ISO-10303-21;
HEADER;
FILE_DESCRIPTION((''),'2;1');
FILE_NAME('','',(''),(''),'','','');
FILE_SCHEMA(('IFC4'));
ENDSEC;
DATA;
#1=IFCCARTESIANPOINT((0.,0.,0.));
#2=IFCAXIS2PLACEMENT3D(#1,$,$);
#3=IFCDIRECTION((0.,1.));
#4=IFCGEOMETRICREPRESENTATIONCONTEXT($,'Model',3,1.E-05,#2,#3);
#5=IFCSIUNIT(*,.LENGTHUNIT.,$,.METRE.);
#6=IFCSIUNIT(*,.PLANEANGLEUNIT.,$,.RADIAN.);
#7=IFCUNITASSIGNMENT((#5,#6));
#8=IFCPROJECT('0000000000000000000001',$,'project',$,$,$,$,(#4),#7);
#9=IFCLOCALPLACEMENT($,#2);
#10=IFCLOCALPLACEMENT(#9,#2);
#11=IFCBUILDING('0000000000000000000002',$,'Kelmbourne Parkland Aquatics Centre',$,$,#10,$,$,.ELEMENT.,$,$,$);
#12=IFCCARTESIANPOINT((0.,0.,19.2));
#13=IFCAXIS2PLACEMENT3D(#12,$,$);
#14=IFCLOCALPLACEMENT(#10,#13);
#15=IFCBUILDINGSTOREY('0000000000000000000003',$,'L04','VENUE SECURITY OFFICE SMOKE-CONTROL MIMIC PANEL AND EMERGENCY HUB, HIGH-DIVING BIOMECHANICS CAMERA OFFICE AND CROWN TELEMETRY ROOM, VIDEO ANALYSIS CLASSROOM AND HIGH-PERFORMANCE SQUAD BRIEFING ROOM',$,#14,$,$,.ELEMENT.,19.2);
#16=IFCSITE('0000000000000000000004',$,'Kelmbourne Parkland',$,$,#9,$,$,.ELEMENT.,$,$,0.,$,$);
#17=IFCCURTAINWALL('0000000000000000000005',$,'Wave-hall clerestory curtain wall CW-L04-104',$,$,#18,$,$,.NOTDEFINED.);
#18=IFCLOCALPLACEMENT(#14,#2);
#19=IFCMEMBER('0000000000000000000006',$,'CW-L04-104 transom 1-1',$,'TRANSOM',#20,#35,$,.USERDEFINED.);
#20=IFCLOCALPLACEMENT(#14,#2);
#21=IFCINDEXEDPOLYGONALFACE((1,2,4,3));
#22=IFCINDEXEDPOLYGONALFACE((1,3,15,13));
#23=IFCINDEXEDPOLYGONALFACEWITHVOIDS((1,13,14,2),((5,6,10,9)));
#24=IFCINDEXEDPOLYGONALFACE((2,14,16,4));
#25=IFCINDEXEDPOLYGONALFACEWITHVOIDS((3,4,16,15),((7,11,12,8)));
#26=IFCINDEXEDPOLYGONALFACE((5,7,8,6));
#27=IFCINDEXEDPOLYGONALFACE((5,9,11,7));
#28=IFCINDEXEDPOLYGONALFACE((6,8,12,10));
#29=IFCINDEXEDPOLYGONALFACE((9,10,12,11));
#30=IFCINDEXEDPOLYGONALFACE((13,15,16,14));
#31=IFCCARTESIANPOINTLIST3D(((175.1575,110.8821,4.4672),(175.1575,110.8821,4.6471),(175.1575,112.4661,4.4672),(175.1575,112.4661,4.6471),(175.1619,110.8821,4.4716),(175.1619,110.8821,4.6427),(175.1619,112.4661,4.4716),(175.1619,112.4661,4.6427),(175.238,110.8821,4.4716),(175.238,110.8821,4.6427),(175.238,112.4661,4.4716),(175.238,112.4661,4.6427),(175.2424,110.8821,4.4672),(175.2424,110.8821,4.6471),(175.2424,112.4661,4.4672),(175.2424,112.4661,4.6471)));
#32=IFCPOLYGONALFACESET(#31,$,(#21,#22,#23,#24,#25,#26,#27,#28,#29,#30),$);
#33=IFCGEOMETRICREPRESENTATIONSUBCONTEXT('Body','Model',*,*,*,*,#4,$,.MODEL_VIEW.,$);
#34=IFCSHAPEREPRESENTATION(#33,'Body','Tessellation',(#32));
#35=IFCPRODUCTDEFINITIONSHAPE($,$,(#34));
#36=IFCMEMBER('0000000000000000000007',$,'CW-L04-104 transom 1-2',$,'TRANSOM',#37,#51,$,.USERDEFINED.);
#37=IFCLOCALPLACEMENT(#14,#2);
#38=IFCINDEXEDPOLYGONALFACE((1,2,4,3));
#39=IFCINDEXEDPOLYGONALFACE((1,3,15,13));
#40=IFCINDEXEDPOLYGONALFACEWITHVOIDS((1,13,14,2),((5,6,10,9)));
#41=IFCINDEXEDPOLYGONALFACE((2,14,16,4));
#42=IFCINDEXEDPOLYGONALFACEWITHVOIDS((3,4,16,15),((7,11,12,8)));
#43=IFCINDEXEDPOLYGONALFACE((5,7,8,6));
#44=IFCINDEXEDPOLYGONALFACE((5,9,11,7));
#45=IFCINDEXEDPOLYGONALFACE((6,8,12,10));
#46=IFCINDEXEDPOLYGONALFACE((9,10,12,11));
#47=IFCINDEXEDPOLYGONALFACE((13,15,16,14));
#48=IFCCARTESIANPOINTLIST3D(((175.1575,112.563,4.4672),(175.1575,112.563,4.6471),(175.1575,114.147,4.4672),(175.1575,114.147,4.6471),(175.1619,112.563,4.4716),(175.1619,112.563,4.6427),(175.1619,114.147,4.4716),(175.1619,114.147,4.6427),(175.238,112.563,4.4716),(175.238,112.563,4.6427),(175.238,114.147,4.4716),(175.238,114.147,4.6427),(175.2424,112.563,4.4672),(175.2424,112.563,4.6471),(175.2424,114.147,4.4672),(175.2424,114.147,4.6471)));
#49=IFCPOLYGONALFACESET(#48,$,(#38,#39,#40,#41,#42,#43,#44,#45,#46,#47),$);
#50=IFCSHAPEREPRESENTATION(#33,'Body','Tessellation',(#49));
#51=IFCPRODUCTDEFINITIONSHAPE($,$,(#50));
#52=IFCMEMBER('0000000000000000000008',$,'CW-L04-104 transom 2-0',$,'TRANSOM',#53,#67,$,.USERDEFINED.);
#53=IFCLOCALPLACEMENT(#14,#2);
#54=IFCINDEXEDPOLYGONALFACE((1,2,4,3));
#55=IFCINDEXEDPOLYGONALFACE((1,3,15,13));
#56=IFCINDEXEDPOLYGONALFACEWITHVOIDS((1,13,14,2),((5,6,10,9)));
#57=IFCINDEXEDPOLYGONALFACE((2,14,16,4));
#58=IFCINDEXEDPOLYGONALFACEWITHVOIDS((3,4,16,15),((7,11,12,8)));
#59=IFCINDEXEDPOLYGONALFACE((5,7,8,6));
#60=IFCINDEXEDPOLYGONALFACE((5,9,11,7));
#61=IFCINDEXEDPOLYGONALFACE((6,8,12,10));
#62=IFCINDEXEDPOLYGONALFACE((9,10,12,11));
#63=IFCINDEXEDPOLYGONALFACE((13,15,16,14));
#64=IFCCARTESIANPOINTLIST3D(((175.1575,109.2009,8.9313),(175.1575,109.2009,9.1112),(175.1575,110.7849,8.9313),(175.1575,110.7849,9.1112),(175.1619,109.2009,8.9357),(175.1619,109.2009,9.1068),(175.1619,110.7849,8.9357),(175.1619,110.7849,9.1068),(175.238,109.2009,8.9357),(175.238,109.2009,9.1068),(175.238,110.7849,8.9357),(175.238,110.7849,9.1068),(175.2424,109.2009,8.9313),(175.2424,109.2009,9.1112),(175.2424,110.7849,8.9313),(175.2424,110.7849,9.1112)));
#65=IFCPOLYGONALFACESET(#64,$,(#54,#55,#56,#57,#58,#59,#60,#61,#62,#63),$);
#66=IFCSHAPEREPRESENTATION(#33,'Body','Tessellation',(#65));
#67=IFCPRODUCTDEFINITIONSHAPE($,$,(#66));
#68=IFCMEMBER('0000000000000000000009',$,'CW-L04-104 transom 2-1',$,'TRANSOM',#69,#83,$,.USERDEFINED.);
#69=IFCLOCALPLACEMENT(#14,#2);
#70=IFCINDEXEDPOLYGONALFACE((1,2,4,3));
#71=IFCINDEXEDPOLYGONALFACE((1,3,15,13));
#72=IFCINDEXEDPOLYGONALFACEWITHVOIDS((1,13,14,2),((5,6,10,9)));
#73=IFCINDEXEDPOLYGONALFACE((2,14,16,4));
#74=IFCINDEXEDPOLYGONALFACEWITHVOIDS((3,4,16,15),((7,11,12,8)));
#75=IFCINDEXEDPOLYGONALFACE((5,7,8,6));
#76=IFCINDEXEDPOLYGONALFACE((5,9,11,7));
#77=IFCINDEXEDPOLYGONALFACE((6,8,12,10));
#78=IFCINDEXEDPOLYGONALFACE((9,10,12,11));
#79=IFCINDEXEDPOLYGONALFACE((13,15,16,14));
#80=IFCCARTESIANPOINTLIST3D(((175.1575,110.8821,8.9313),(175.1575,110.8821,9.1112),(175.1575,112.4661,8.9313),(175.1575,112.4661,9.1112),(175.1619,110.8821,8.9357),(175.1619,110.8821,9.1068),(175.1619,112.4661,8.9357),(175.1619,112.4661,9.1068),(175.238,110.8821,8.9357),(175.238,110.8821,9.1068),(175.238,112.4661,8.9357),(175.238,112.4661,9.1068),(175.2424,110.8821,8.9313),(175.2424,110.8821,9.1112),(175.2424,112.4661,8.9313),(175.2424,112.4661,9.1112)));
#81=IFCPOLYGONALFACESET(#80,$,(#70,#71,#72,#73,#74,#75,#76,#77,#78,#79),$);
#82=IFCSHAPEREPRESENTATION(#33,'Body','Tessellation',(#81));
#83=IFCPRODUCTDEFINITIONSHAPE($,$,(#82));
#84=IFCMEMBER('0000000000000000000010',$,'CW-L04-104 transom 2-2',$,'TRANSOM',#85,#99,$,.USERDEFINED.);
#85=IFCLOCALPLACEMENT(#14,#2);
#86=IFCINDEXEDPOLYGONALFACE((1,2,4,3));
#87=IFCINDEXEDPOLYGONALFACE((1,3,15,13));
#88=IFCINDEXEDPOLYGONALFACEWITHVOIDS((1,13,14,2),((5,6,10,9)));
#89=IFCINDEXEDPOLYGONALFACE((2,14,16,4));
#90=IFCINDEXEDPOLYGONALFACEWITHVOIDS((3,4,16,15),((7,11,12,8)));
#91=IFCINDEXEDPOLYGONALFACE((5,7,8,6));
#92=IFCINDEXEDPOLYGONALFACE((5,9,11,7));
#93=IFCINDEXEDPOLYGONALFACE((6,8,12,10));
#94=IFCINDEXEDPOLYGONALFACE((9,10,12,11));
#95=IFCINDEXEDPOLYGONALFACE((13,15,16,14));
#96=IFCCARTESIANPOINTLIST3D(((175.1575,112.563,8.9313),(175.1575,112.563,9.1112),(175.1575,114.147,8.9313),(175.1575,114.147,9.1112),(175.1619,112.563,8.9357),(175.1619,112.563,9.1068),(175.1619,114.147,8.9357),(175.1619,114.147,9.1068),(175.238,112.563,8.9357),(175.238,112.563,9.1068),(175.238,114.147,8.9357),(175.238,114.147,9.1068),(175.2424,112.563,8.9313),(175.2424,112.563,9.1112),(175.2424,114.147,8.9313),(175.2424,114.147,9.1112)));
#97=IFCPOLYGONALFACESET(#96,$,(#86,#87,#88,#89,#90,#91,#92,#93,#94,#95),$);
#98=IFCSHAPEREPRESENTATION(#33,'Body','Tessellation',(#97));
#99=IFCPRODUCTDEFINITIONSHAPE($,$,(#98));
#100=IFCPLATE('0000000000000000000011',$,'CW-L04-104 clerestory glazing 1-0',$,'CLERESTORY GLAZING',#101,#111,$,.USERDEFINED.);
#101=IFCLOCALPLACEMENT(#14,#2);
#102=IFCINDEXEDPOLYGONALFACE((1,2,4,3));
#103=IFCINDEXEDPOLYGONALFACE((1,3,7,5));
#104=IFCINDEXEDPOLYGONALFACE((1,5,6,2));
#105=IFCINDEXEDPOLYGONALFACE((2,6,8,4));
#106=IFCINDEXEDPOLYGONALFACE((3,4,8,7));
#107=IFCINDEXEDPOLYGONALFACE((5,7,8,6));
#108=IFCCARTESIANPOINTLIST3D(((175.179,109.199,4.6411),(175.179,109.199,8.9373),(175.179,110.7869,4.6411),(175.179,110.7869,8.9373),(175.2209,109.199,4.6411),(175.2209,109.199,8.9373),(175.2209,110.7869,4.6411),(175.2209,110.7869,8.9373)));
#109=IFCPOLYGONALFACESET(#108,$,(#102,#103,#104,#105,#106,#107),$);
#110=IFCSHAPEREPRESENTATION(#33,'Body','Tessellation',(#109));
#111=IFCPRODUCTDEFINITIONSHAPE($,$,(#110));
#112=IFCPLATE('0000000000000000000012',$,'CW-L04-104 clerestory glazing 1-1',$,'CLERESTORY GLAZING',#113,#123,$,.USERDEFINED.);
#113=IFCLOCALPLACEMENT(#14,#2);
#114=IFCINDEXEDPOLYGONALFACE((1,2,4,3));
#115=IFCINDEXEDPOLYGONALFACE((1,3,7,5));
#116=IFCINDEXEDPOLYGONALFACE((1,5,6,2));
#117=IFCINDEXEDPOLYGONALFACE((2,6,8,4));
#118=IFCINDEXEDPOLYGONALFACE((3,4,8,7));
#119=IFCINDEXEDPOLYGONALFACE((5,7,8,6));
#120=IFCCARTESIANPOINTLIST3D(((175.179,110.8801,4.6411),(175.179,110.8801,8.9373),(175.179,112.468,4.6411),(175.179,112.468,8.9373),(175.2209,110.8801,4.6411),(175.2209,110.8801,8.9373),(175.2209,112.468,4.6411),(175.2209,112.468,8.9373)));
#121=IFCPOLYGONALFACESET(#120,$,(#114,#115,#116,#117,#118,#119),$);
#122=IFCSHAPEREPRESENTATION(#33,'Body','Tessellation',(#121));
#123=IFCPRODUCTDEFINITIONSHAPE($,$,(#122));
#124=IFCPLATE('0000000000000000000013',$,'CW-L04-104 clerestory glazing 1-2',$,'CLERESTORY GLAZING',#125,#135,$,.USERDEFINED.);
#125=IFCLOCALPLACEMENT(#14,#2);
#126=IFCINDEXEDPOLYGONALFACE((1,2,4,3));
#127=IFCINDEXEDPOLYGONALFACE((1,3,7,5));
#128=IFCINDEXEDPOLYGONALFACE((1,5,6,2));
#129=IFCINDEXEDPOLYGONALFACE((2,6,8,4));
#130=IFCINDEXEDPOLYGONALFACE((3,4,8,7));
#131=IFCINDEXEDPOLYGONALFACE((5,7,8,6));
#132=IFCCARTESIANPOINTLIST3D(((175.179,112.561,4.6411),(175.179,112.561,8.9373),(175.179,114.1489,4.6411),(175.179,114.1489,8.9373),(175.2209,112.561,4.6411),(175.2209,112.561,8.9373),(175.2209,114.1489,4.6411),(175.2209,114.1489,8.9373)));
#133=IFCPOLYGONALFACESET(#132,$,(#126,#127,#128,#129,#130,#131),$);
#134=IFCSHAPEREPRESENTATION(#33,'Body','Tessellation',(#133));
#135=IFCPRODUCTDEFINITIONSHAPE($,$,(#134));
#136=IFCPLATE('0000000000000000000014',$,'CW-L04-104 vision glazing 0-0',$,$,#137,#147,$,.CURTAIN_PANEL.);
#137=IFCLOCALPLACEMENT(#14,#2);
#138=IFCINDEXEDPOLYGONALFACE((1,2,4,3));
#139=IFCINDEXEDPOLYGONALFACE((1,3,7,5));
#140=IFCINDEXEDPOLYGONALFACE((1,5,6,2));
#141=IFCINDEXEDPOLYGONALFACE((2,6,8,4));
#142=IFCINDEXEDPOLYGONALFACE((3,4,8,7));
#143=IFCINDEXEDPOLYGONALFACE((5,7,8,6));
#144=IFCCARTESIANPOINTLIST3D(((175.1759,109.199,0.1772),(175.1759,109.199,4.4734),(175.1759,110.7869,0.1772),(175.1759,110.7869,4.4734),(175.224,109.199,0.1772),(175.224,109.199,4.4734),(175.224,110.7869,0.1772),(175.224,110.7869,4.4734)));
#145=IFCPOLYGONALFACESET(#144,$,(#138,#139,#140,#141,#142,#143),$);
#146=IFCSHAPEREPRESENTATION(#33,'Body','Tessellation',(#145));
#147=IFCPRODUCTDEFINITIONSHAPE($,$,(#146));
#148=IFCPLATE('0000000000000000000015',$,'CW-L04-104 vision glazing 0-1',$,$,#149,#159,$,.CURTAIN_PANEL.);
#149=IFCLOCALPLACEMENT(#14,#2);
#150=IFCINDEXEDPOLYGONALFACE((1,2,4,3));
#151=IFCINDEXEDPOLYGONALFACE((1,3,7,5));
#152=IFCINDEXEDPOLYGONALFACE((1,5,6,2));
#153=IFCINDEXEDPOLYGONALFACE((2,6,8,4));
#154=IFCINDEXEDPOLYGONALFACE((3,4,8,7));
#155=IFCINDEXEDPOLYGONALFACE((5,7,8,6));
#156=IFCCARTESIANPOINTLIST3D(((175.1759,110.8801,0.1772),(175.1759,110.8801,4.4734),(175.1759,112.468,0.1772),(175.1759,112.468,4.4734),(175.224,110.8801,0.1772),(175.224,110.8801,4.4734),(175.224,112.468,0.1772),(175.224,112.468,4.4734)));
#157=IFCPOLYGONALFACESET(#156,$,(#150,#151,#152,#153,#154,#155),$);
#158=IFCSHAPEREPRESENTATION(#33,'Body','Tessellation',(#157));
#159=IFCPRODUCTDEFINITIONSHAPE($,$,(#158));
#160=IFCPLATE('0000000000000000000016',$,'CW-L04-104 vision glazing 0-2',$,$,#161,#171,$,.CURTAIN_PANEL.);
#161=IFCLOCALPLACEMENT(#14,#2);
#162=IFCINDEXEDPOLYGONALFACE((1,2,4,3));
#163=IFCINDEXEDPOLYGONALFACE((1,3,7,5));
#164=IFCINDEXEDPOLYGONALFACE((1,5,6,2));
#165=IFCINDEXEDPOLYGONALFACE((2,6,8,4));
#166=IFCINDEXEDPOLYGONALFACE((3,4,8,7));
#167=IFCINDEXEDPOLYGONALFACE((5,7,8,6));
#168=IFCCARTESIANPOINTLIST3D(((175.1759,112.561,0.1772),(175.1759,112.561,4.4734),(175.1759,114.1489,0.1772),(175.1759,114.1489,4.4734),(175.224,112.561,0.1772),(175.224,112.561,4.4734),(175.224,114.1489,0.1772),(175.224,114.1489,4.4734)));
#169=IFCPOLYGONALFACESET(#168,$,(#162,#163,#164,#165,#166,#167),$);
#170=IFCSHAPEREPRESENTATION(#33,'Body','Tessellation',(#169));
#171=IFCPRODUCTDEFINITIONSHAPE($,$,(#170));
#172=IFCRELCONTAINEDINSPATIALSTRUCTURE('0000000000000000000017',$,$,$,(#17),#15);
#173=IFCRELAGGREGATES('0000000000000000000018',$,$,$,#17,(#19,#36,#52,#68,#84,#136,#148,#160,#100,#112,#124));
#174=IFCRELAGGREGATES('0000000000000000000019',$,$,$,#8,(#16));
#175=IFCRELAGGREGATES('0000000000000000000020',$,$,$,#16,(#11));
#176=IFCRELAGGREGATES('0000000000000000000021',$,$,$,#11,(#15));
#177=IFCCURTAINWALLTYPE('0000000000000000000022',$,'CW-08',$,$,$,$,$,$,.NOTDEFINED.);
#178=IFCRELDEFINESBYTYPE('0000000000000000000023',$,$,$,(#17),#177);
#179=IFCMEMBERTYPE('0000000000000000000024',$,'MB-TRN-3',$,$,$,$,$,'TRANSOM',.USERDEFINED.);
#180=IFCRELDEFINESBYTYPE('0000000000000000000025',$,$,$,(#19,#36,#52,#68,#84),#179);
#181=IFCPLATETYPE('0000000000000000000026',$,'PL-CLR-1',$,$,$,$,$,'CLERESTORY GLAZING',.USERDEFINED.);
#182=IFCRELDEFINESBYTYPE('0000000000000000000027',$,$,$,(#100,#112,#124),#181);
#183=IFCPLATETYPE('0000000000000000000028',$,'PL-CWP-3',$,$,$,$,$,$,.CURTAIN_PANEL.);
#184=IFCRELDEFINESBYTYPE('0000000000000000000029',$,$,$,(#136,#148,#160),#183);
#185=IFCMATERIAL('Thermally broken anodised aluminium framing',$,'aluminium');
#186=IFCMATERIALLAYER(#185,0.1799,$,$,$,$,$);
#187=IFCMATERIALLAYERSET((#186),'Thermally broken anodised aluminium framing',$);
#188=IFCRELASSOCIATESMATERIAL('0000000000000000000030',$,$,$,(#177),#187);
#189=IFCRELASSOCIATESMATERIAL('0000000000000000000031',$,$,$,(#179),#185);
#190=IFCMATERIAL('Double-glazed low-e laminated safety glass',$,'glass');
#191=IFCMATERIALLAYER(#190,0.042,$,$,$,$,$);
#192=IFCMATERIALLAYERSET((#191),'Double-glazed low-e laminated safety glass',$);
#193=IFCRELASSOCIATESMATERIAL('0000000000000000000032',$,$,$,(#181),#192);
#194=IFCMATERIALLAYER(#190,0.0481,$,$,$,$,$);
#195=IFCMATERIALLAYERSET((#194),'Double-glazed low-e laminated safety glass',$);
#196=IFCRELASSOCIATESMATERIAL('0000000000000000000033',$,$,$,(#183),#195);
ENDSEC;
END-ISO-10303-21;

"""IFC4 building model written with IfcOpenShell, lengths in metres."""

from ifc_helpers import new_model, si_unit, direction, frame, origin, origin_2d, place, context, subcontext, project, spatial, rectangle, hollow_rectangle, extrude, material, layer, layer_set, material_profile, profile_set, type_object, element, aggregate, save


model = new_model("IFC4")

# Units and contexts
model_context = context("Model", 3, precision=1e-05, world=origin(), true_north=direction((0.0, 1.0)))
body_context = subcontext(model_context, "Body", "Model", "MODEL_VIEW")
ifc_project = project(units=[si_unit("LENGTHUNIT", "METRE"), si_unit("PLANEANGLEUNIT", "RADIAN")], contexts=[model_context])

# Site, building, storey
site_placement = place(None, origin())
site = spatial("IfcSite", under=ifc_project, at=site_placement, Name="Kelmbourne Parkland", CompositionType="ELEMENT", RefElevation=0.0)
building_placement = place(site_placement, origin())
building = spatial("IfcBuilding", under=site, at=building_placement, Name="Kelmbourne Parkland Aquatics Centre", CompositionType="ELEMENT")
storey_placement = place(building_placement, frame((0.0, 0.0, 19.2)))
storey = spatial("IfcBuildingStorey", under=building, at=storey_placement, Name="L04", Description="VENUE SECURITY OFFICE SMOKE-CONTROL MIMIC PANEL AND EMERGENCY HUB, HIGH-DIVING BIOMECHANICS CAMERA OFFICE AND CROWN TELEMETRY ROOM, VIDEO ANALYSIS CLASSROOM AND HIGH-PERFORMANCE SQUAD BRIEFING ROOM", CompositionType="ELEMENT", Elevation=19.2)

# Shared definitions
ifc_material_1 = material(Name="Thermally broken anodised aluminium framing", Category="aluminium")

# Curtain wall, members, plates
ifc_layer_1 = layer(ifc_material_1, 0.1799)
ifc_layer_set_1 = layer_set([ifc_layer_1], Name="Thermally broken anodised aluminium framing")
curtain_wall_type_1 = type_object("IfcCurtainWallType", Name="CW-08", PredefinedType="NOTDEFINED", material=ifc_layer_set_1)
curtain_wall_1_placement = place(storey_placement, origin())
curtain_wall_1 = element("IfcCurtainWall", 1, at=curtain_wall_1_placement, inside=storey, type_object=curtain_wall_type_1, Name="Wave-hall clerestory curtain wall CW-L04-104", PredefinedType="NOTDEFINED")
ifc_material_profile_1 = material_profile(ifc_material_1, hollow_rectangle(XDim=0.085, YDim=0.1799, WallThickness=0.0044, at=origin_2d()), Name="CW-T 85x180")
ifc_profile_set_1 = profile_set([ifc_material_profile_1], Name="Thermally broken anodised aluminium framing")
member_type_1 = type_object("IfcMemberType", Name="MB-TRN-3", ElementType="TRANSOM", PredefinedType="USERDEFINED", material=ifc_profile_set_1)
member_1_placement = place(storey_placement, frame((175.2, 110.8821, 4.5571), z_axis=(0.0, 1.0, 0.0), x_axis=(-1.0, 0.0, 0.0)))
member_1 = element("IfcMember", 2, at=member_1_placement, type_object=member_type_1, Name="CW-L04-104 transom 1-1", ObjectType="TRANSOM", PredefinedType="USERDEFINED", context=body_context, shape_type="SweptSolid", body=[
    extrude(hollow_rectangle(XDim=0.085, YDim=0.1799, WallThickness=0.0044, at=origin_2d()), origin(), (0.0, 0.0, 1.0), 1.584),
])
member_2_placement = place(storey_placement, frame((175.2, 112.563, 4.5571), z_axis=(0.0, 1.0, 0.0), x_axis=(-1.0, 0.0, 0.0)))
member_2 = element("IfcMember", 3, at=member_2_placement, type_object=member_type_1, Name="CW-L04-104 transom 1-2", ObjectType="TRANSOM", PredefinedType="USERDEFINED", context=body_context, shape_type="SweptSolid", body=[
    extrude(hollow_rectangle(XDim=0.085, YDim=0.1799, WallThickness=0.0044, at=origin_2d()), origin(), (0.0, 0.0, 1.0), 1.584),
])
member_3_placement = place(storey_placement, frame((175.2, 109.2009, 9.0212), z_axis=(0.0, 1.0, 0.0), x_axis=(-1.0, 0.0, 0.0)))
member_3 = element("IfcMember", 4, at=member_3_placement, type_object=member_type_1, Name="CW-L04-104 transom 2-0", ObjectType="TRANSOM", PredefinedType="USERDEFINED", context=body_context, shape_type="SweptSolid", body=[
    extrude(hollow_rectangle(XDim=0.085, YDim=0.1799, WallThickness=0.0044, at=origin_2d()), origin(), (0.0, 0.0, 1.0), 1.584),
])
member_4_placement = place(storey_placement, frame((175.2, 110.8821, 9.0212), z_axis=(0.0, 1.0, 0.0), x_axis=(-1.0, 0.0, 0.0)))
member_4 = element("IfcMember", 5, at=member_4_placement, type_object=member_type_1, Name="CW-L04-104 transom 2-1", ObjectType="TRANSOM", PredefinedType="USERDEFINED", context=body_context, shape_type="SweptSolid", body=[
    extrude(hollow_rectangle(XDim=0.085, YDim=0.1799, WallThickness=0.0044, at=origin_2d()), origin(), (0.0, 0.0, 1.0), 1.584),
])
member_5_placement = place(storey_placement, frame((175.2, 112.563, 9.0212), z_axis=(0.0, 1.0, 0.0), x_axis=(-1.0, 0.0, 0.0)))
member_5 = element("IfcMember", 6, at=member_5_placement, type_object=member_type_1, Name="CW-L04-104 transom 2-2", ObjectType="TRANSOM", PredefinedType="USERDEFINED", context=body_context, shape_type="SweptSolid", body=[
    extrude(hollow_rectangle(XDim=0.085, YDim=0.1799, WallThickness=0.0044, at=origin_2d()), origin(), (0.0, 0.0, 1.0), 1.584),
])
ifc_material_2 = material(Name="Double-glazed low-e laminated safety glass", Category="glass")
ifc_layer_2 = layer(ifc_material_2, 0.042)
ifc_layer_set_2 = layer_set([ifc_layer_2], Name="Double-glazed low-e laminated safety glass")
plate_type_1 = type_object("IfcPlateType", Name="PL-CLR-1", ElementType="CLERESTORY GLAZING", PredefinedType="USERDEFINED", material=ifc_layer_set_2)
plate_1_placement = place(storey_placement, frame((175.2, 109.9929, 4.6411), z_axis=(0.0, 0.0, 1.0), x_axis=(0.0, 1.0, 0.0)))
plate_1 = element("IfcPlate", 7, at=plate_1_placement, type_object=plate_type_1, Name="CW-L04-104 clerestory glazing 1-0", ObjectType="CLERESTORY GLAZING", PredefinedType="USERDEFINED", context=body_context, shape_type="SweptSolid", body=[
    extrude(rectangle(XDim=1.5879, YDim=0.042, at=origin_2d()), origin(), (0.0, 0.0, 1.0), 4.2961),
])
plate_2_placement = place(storey_placement, frame((175.2, 111.6741, 4.6411), z_axis=(0.0, 0.0, 1.0), x_axis=(0.0, 1.0, 0.0)))
plate_2 = element("IfcPlate", 8, at=plate_2_placement, type_object=plate_type_1, Name="CW-L04-104 clerestory glazing 1-1", ObjectType="CLERESTORY GLAZING", PredefinedType="USERDEFINED", context=body_context, shape_type="SweptSolid", body=[
    extrude(rectangle(XDim=1.5879, YDim=0.042, at=origin_2d()), origin(), (0.0, 0.0, 1.0), 4.2961),
])
plate_3_placement = place(storey_placement, frame((175.2, 113.355, 4.6411), z_axis=(0.0, 0.0, 1.0), x_axis=(0.0, 1.0, 0.0)))
plate_3 = element("IfcPlate", 9, at=plate_3_placement, type_object=plate_type_1, Name="CW-L04-104 clerestory glazing 1-2", ObjectType="CLERESTORY GLAZING", PredefinedType="USERDEFINED", context=body_context, shape_type="SweptSolid", body=[
    extrude(rectangle(XDim=1.5879, YDim=0.042, at=origin_2d()), origin(), (0.0, 0.0, 1.0), 4.2961),
])
ifc_layer_3 = layer(ifc_material_2, 0.0481)
ifc_layer_set_3 = layer_set([ifc_layer_3], Name="Double-glazed low-e laminated safety glass")
plate_type_2 = type_object("IfcPlateType", Name="PL-CWP-3", PredefinedType="CURTAIN_PANEL", material=ifc_layer_set_3)
plate_4_placement = place(storey_placement, frame((175.2, 109.9929, 0.1772), z_axis=(0.0, 0.0, 1.0), x_axis=(0.0, 1.0, 0.0)))
plate_4 = element("IfcPlate", 10, at=plate_4_placement, type_object=plate_type_2, Name="CW-L04-104 vision glazing 0-0", PredefinedType="CURTAIN_PANEL", context=body_context, shape_type="SweptSolid", body=[
    extrude(rectangle(XDim=1.5879, YDim=0.0481, at=origin_2d()), origin(), (0.0, 0.0, 1.0), 4.2961),
])
plate_5_placement = place(storey_placement, frame((175.2, 111.6741, 0.1772), z_axis=(0.0, 0.0, 1.0), x_axis=(0.0, 1.0, 0.0)))
plate_5 = element("IfcPlate", 11, at=plate_5_placement, type_object=plate_type_2, Name="CW-L04-104 vision glazing 0-1", PredefinedType="CURTAIN_PANEL", context=body_context, shape_type="SweptSolid", body=[
    extrude(rectangle(XDim=1.5879, YDim=0.0481, at=origin_2d()), origin(), (0.0, 0.0, 1.0), 4.2961),
])
plate_6_placement = place(storey_placement, frame((175.2, 113.355, 0.1772), z_axis=(0.0, 0.0, 1.0), x_axis=(0.0, 1.0, 0.0)))
plate_6 = element("IfcPlate", 12, at=plate_6_placement, type_object=plate_type_2, Name="CW-L04-104 vision glazing 0-2", PredefinedType="CURTAIN_PANEL", context=body_context, shape_type="SweptSolid", body=[
    extrude(rectangle(XDim=1.5879, YDim=0.0481, at=origin_2d()), origin(), (0.0, 0.0, 1.0), 4.2961),
])
aggregate(curtain_wall_1, [member_1, member_2, member_3, member_4, member_5, plate_4, plate_5, plate_6, plate_1, plate_2, plate_3])

save(model, "model.ifc")
